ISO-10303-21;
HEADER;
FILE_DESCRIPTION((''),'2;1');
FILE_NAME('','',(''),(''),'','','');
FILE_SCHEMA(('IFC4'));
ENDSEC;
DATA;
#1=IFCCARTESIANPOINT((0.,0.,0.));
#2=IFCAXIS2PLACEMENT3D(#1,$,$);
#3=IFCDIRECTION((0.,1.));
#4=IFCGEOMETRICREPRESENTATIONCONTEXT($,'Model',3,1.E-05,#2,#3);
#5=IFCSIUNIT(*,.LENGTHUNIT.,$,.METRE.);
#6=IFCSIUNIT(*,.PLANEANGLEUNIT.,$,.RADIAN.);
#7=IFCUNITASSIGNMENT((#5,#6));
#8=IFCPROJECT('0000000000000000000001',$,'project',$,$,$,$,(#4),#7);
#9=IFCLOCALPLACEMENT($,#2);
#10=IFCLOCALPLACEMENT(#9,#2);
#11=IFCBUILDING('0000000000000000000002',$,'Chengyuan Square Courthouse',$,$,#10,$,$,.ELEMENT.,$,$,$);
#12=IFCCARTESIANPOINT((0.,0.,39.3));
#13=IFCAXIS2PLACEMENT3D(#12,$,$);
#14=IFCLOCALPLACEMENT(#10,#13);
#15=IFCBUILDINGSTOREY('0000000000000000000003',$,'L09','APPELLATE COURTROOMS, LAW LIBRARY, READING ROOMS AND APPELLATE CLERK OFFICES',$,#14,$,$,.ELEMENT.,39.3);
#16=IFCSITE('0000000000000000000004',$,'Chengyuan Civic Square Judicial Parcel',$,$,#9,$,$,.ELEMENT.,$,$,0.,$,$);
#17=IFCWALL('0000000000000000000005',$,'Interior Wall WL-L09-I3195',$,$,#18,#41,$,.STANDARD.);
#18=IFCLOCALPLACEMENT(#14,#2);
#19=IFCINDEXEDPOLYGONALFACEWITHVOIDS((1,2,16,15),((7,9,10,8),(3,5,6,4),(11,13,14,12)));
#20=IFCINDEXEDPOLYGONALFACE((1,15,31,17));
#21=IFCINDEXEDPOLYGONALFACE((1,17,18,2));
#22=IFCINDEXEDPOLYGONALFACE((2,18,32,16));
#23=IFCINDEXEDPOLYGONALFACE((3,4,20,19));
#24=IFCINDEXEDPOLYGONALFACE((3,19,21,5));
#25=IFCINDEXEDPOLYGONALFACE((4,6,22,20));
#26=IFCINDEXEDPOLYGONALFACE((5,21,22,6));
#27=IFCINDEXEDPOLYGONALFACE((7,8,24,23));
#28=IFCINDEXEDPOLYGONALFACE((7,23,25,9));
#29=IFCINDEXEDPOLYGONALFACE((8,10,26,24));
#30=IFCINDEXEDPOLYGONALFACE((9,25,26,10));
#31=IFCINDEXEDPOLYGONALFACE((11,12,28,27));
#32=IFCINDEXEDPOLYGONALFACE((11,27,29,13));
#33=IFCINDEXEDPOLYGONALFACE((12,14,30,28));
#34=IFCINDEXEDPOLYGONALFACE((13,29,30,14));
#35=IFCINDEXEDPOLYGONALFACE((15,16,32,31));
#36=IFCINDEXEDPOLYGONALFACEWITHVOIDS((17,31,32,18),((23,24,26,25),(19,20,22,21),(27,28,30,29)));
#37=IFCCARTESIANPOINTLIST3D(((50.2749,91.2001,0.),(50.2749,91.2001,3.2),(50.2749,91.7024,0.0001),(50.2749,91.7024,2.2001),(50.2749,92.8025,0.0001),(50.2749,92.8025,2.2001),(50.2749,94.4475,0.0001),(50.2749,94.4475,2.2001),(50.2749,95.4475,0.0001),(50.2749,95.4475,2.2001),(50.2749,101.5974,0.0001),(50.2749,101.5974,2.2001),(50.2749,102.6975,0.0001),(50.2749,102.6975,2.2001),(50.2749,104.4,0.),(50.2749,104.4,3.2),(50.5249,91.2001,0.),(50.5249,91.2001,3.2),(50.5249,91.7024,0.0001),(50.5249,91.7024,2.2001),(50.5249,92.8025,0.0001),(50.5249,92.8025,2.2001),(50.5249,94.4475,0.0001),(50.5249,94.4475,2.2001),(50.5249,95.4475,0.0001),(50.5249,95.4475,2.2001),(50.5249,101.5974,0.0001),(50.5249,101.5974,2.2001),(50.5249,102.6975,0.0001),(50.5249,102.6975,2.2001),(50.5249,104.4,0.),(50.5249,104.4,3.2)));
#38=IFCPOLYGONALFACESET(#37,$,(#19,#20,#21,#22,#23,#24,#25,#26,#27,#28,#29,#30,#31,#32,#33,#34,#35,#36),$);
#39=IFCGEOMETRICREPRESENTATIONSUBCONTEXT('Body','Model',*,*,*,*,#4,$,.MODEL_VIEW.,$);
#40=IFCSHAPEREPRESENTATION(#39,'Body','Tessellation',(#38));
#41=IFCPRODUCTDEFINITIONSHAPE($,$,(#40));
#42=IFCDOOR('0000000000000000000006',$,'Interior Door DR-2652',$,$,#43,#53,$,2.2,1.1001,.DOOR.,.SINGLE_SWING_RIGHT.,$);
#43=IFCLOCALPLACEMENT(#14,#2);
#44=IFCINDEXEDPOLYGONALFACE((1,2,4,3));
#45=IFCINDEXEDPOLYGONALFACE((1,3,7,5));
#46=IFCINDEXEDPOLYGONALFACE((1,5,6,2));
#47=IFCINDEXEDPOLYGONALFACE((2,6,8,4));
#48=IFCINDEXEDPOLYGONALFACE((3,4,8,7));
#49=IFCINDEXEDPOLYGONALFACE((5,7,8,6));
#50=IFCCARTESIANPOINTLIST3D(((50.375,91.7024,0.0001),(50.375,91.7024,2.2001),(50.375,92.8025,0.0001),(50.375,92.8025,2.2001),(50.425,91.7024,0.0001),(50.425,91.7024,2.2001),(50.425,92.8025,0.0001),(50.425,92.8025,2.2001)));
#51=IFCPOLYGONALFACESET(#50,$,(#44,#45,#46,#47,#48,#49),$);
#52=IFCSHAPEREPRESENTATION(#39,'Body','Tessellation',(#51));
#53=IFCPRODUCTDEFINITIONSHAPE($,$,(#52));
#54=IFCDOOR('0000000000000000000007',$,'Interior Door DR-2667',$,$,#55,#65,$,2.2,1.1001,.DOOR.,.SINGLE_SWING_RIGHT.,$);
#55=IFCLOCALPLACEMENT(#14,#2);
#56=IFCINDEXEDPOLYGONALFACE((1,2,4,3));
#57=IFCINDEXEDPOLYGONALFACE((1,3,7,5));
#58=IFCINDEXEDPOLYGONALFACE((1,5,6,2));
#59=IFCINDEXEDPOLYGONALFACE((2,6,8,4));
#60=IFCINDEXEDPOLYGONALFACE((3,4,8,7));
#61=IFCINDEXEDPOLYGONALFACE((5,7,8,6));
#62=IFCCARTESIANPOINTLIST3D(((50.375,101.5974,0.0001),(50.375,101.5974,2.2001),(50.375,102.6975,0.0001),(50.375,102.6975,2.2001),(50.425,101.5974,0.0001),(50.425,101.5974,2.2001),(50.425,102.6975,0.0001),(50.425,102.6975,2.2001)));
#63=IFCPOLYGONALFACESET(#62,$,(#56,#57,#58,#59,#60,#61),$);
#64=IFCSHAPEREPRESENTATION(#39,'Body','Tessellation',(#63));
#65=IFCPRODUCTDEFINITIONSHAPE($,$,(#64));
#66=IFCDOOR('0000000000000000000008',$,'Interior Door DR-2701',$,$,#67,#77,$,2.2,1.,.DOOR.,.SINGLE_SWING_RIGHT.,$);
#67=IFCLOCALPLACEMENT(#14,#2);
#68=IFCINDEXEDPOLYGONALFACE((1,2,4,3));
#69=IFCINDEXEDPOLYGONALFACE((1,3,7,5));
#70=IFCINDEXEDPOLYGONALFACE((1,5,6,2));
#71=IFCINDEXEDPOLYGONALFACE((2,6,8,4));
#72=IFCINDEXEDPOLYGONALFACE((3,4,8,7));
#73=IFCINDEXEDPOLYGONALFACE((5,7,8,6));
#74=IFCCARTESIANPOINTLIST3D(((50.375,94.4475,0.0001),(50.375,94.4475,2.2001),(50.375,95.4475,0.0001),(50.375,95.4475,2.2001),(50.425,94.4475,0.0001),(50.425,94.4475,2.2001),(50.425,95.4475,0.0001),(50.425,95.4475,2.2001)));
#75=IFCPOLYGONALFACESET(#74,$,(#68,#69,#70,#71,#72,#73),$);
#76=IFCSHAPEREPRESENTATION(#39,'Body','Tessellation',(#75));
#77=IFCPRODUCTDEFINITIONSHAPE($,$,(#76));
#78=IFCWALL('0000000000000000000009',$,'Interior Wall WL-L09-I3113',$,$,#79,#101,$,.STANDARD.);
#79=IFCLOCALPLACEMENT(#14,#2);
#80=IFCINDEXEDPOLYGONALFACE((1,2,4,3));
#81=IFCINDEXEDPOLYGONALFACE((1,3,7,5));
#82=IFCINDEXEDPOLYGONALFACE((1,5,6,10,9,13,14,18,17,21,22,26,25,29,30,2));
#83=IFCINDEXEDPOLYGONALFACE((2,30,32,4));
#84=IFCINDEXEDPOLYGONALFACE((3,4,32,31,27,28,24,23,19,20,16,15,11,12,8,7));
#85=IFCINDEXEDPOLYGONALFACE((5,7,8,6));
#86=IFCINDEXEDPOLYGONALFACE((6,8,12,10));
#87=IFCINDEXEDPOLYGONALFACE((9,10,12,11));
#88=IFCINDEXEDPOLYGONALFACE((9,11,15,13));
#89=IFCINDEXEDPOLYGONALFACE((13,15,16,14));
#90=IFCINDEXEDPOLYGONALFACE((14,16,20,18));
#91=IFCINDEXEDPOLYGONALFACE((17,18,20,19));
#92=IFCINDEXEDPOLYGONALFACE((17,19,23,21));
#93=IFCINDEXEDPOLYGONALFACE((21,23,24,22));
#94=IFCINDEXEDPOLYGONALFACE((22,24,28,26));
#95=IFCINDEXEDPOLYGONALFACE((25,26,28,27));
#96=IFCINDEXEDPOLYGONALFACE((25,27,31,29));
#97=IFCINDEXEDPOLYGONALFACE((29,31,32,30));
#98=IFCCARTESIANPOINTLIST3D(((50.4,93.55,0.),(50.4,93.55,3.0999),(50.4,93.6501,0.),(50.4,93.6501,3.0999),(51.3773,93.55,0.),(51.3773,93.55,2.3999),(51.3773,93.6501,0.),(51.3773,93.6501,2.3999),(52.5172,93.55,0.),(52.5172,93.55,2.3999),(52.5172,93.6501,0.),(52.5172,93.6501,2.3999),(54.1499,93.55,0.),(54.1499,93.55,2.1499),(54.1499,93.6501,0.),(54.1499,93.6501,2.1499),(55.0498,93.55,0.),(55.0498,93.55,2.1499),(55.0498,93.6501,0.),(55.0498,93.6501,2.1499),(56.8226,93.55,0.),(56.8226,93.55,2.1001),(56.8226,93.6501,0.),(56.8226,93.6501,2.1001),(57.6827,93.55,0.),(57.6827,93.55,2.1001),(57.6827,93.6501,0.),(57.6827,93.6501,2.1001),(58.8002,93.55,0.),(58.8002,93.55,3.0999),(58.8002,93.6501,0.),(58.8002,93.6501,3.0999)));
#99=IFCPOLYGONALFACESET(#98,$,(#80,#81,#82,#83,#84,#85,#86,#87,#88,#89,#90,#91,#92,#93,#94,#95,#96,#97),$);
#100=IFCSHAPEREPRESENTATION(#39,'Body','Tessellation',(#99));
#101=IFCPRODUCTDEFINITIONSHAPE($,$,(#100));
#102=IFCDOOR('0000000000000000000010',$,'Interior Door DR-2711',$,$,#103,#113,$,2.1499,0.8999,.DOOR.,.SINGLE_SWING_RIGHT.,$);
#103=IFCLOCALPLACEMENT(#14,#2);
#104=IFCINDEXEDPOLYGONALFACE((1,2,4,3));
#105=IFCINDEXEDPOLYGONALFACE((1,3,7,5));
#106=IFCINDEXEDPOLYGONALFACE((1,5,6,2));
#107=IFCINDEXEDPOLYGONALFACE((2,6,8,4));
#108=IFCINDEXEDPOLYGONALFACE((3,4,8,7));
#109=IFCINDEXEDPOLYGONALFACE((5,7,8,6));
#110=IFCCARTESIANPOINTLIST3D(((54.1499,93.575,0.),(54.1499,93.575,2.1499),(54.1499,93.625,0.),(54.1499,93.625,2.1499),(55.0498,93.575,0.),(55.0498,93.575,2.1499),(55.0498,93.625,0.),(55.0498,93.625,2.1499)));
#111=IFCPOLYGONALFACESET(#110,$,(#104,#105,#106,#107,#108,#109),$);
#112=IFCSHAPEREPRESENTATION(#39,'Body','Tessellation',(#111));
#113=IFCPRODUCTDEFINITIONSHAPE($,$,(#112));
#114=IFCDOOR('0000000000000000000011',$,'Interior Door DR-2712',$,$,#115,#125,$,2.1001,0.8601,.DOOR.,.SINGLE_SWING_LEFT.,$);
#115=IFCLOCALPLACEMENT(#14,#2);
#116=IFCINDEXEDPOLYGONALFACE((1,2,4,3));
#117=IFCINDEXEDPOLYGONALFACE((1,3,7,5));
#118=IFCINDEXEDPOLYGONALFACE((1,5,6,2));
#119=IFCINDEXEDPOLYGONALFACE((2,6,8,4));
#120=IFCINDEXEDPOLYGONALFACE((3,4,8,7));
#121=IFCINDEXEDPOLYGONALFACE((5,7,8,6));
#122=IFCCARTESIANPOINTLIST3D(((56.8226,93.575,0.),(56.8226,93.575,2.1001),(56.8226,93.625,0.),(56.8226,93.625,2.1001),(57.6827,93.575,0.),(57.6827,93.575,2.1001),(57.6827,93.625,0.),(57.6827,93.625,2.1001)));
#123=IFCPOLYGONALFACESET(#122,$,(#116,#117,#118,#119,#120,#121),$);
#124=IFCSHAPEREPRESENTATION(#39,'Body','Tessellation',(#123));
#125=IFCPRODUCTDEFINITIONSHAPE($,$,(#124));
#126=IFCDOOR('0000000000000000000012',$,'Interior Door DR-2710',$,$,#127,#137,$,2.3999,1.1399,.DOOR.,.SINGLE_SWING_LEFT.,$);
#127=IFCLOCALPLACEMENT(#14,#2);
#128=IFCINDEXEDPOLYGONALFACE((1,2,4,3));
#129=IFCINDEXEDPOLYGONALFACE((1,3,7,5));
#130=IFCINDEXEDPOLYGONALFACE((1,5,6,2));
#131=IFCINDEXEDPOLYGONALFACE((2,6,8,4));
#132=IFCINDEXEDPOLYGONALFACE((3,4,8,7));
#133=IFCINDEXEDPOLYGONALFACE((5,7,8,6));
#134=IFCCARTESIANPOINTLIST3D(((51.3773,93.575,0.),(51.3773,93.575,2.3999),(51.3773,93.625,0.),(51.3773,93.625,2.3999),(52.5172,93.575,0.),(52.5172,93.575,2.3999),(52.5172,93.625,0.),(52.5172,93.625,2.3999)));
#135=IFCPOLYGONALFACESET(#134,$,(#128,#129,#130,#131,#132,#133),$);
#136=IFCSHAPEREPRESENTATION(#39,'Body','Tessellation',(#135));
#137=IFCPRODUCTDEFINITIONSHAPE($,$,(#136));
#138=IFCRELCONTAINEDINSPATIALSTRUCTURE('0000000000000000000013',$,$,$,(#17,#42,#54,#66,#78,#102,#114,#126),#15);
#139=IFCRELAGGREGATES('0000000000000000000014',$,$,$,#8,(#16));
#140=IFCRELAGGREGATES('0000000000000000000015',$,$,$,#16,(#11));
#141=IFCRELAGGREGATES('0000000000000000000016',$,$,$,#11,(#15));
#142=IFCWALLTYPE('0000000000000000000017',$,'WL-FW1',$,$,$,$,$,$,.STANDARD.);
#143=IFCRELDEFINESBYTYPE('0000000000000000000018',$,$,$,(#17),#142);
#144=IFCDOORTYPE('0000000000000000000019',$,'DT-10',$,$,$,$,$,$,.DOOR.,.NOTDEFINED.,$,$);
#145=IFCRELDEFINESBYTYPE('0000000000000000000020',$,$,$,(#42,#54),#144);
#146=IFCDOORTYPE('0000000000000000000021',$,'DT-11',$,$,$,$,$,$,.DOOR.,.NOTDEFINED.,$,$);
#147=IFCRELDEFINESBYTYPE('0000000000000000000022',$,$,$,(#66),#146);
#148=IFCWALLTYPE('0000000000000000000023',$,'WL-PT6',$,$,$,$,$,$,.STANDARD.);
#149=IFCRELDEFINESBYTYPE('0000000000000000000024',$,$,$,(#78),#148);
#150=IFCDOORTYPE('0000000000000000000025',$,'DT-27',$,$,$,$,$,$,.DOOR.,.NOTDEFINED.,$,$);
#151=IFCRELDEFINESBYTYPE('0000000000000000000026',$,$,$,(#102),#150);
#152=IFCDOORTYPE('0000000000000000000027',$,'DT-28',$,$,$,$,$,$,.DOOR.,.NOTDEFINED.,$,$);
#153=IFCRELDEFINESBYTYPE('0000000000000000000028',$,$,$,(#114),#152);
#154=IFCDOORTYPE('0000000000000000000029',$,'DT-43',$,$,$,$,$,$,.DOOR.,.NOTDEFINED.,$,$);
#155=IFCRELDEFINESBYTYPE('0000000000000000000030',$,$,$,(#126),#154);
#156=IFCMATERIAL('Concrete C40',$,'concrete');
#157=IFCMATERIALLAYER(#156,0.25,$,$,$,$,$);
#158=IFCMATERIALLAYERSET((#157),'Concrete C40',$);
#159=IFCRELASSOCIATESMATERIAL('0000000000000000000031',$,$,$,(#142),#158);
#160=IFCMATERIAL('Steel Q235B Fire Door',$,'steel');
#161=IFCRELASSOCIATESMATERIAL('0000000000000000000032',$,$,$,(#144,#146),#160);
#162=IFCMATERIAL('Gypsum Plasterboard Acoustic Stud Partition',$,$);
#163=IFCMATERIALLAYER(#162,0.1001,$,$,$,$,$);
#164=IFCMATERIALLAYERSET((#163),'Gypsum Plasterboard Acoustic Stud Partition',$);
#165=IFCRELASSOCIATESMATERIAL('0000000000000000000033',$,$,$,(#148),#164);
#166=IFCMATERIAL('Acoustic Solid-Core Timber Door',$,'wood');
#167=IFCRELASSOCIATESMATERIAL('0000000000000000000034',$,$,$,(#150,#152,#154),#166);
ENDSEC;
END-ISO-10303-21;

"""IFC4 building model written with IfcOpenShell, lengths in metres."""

from ifc_helpers import new_model, si_unit, direction, frame, frame_2d, origin, place, context, subcontext, project, spatial, rectangle, extrude, material, layer, layer_set, type_object, element, fill, save


model = new_model("IFC4")

# Units and contexts
model_context = context("Model", 3, precision=1e-05, world=origin(), true_north=direction((0.0, 1.0)))
body_context = subcontext(model_context, "Body", "Model", "MODEL_VIEW")
ifc_project = project(units=[si_unit("LENGTHUNIT", "METRE"), si_unit("PLANEANGLEUNIT", "RADIAN")], contexts=[model_context])

# Site, building, storey
site_placement = place(None, origin())
site = spatial("IfcSite", under=ifc_project, at=site_placement, Name="Chengyuan Civic Square Judicial Parcel", CompositionType="ELEMENT", RefElevation=0.0)
building_placement = place(site_placement, origin())
building = spatial("IfcBuilding", under=site, at=building_placement, Name="Chengyuan Square Courthouse", CompositionType="ELEMENT")
storey_placement = place(building_placement, frame((0.0, 0.0, 39.3)))
storey = spatial("IfcBuildingStorey", under=building, at=storey_placement, Name="L09", Description="APPELLATE COURTROOMS, LAW LIBRARY, READING ROOMS AND APPELLATE CLERK OFFICES", CompositionType="ELEMENT", Elevation=39.3)

# Shared definitions
ifc_material_1 = material(Name="Concrete C40", Category="concrete")

# Shared definitions
ifc_layer_1 = layer(ifc_material_1, 0.25)
ifc_layer_set_1 = layer_set([ifc_layer_1], Name="Concrete C40")
wall_type_1 = type_object("IfcWallType", Name="WL-FW1", PredefinedType="STANDARD", material=ifc_layer_set_1)

# Walls, openings, doors
wall_1_placement = place(storey_placement, frame((50.3999, 91.2, 0.0), z_axis=(0.0, 0.0, 1.0), x_axis=(0.0, 1.0, 0.0)))
wall_1 = element("IfcWall", 1, at=wall_1_placement, inside=storey, type_object=wall_type_1, Name="Interior Wall WL-L09-I3195", PredefinedType="STANDARD", context=body_context, shape_type="SweptSolid", body=[
    extrude(rectangle(XDim=13.2, YDim=0.25, at=frame_2d((6.6001, 0.0))), origin(), (0.0, 0.0, 1.0), 3.2),
])
opening_1_placement = place(wall_1_placement, frame((0.5024, 0.0, 0.0)))
opening_1 = element("IfcOpeningElement", 2, at=opening_1_placement, cuts=wall_1, PredefinedType="OPENING", context=body_context, shape_type="SweptSolid", body=[
    extrude(rectangle(XDim=1.1001, YDim=2.2, at=frame_2d((0.55, 1.1001))), frame((0.0, 0.137, 0.0), z_axis=(0.0, -1.0, 0.0), x_axis=(1.0, 0.0, 0.0)), (0.0, 0.0, 1.0), 0.2739),
])
opening_2_placement = place(wall_1_placement, frame((10.3975, 0.0, 0.0)))
opening_2 = element("IfcOpeningElement", 3, at=opening_2_placement, cuts=wall_1, PredefinedType="OPENING", context=body_context, shape_type="SweptSolid", body=[
    extrude(rectangle(XDim=1.1001, YDim=2.2, at=frame_2d((0.55, 1.1001))), frame((0.0, 0.137, 0.0), z_axis=(0.0, -1.0, 0.0), x_axis=(1.0, 0.0, 0.0)), (0.0, 0.0, 1.0), 0.2739),
])
opening_3_placement = place(wall_1_placement, frame((3.2476, 0.0, 0.0)))
opening_3 = element("IfcOpeningElement", 4, at=opening_3_placement, cuts=wall_1, PredefinedType="OPENING", context=body_context, shape_type="SweptSolid", body=[
    extrude(rectangle(XDim=1.0, YDim=2.2, at=frame_2d((0.5, 1.1001))), frame((0.0, 0.137, 0.0), z_axis=(0.0, -1.0, 0.0), x_axis=(1.0, 0.0, 0.0)), (0.0, 0.0, 1.0), 0.2739),
])
ifc_material_2 = material(Name="Steel Q235B Fire Door", Category="steel")
door_type_1 = type_object("IfcDoorType", Name="DT-10", OperationType="NOTDEFINED", PredefinedType="DOOR", material=ifc_material_2)
door_1_placement = place(opening_1_placement, origin())
door_1 = element("IfcDoor", 5, at=door_1_placement, inside=storey, type_object=door_type_1, Name="Interior Door DR-2652", OperationType="SINGLE_SWING_RIGHT", OverallHeight=2.2, OverallWidth=1.1001, PredefinedType="DOOR", context=body_context, shape_type="SweptSolid", body=[
    extrude(rectangle(XDim=1.1001, YDim=2.2, at=frame_2d((0.55, 1.1001))), frame((0.0, 0.0249, 0.0), z_axis=(0.0, -1.0, 0.0), x_axis=(1.0, 0.0, 0.0)), (0.0, 0.0, 1.0), 0.05),
])
fill(opening_1, door_1)
door_2_placement = place(opening_2_placement, origin())
door_2 = element("IfcDoor", 6, at=door_2_placement, inside=storey, type_object=door_type_1, Name="Interior Door DR-2667", OperationType="SINGLE_SWING_RIGHT", OverallHeight=2.2, OverallWidth=1.1001, PredefinedType="DOOR", context=body_context, shape_type="SweptSolid", body=[
    extrude(rectangle(XDim=1.1001, YDim=2.2, at=frame_2d((0.55, 1.1001))), frame((0.0, 0.0249, 0.0), z_axis=(0.0, -1.0, 0.0), x_axis=(1.0, 0.0, 0.0)), (0.0, 0.0, 1.0), 0.05),
])
fill(opening_2, door_2)
door_type_2 = type_object("IfcDoorType", Name="DT-11", OperationType="NOTDEFINED", PredefinedType="DOOR", material=ifc_material_2)
door_3_placement = place(opening_3_placement, origin())
door_3 = element("IfcDoor", 7, at=door_3_placement, inside=storey, type_object=door_type_2, Name="Interior Door DR-2701", OperationType="SINGLE_SWING_RIGHT", OverallHeight=2.2, OverallWidth=1.0, PredefinedType="DOOR", context=body_context, shape_type="SweptSolid", body=[
    extrude(rectangle(XDim=1.0, YDim=2.2, at=frame_2d((0.5, 1.1001))), frame((0.0, 0.0249, 0.0), z_axis=(0.0, -1.0, 0.0), x_axis=(1.0, 0.0, 0.0)), (0.0, 0.0, 1.0), 0.05),
])
fill(opening_3, door_3)
ifc_material_3 = material(Name="Gypsum Plasterboard Acoustic Stud Partition")
ifc_layer_2 = layer(ifc_material_3, 0.1001)
ifc_layer_set_2 = layer_set([ifc_layer_2], Name="Gypsum Plasterboard Acoustic Stud Partition")
wall_type_2 = type_object("IfcWallType", Name="WL-PT6", PredefinedType="STANDARD", material=ifc_layer_set_2)
wall_2_placement = place(storey_placement, frame((50.3999, 93.6001, 0.0), z_axis=(0.0, 0.0, 1.0), x_axis=(1.0, 0.0, 0.0)))
wall_2 = element("IfcWall", 8, at=wall_2_placement, inside=storey, type_object=wall_type_2, Name="Interior Wall WL-L09-I3113", PredefinedType="STANDARD", context=body_context, shape_type="SweptSolid", body=[
    extrude(rectangle(XDim=8.4001, YDim=0.1001, at=frame_2d((4.2002, 0.0))), origin(), (0.0, 0.0, 1.0), 3.0999),
])
opening_4_placement = place(wall_2_placement, frame((0.9775, 0.0, 0.0)))
opening_4 = element("IfcOpeningElement", 9, at=opening_4_placement, cuts=wall_2, PredefinedType="OPENING", context=body_context, shape_type="SweptSolid", body=[
    extrude(rectangle(XDim=1.1399, YDim=2.3999, at=frame_2d((0.5698, 1.2))), frame((0.0, 0.062, 0.0), z_axis=(0.0, -1.0, 0.0), x_axis=(1.0, 0.0, 0.0)), (0.0, 0.0, 1.0), 0.124),
])
opening_5_placement = place(wall_2_placement, frame((3.75, 0.0, 0.0)))
opening_5 = element("IfcOpeningElement", 10, at=opening_5_placement, cuts=wall_2, PredefinedType="OPENING", context=body_context, shape_type="SweptSolid", body=[
    extrude(rectangle(XDim=0.8999, YDim=2.1499, at=frame_2d((0.45, 1.075))), frame((0.0, 0.062, 0.0), z_axis=(0.0, -1.0, 0.0), x_axis=(1.0, 0.0, 0.0)), (0.0, 0.0, 1.0), 0.124),
])
opening_6_placement = place(wall_2_placement, frame((6.4226, 0.0, 0.0)))
opening_6 = element("IfcOpeningElement", 11, at=opening_6_placement, cuts=wall_2, PredefinedType="OPENING", context=body_context, shape_type="SweptSolid", body=[
    extrude(rectangle(XDim=0.8601, YDim=2.1001, at=frame_2d((0.4302, 1.05))), frame((0.0, 0.062, 0.0), z_axis=(0.0, -1.0, 0.0), x_axis=(1.0, 0.0, 0.0)), (0.0, 0.0, 1.0), 0.124),
])
ifc_material_4 = material(Name="Acoustic Solid-Core Timber Door", Category="wood")
door_type_3 = type_object("IfcDoorType", Name="DT-27", OperationType="NOTDEFINED", PredefinedType="DOOR", material=ifc_material_4)
door_4_placement = place(opening_5_placement, origin())
door_4 = element("IfcDoor", 12, at=door_4_placement, inside=storey, type_object=door_type_3, Name="Interior Door DR-2711", OperationType="SINGLE_SWING_RIGHT", OverallHeight=2.1499, OverallWidth=0.8999, PredefinedType="DOOR", context=body_context, shape_type="SweptSolid", body=[
    extrude(rectangle(XDim=0.8999, YDim=2.1499, at=frame_2d((0.45, 1.075))), frame((0.0, 0.0249, 0.0), z_axis=(0.0, -1.0, 0.0), x_axis=(1.0, 0.0, 0.0)), (0.0, 0.0, 1.0), 0.05),
])
fill(opening_5, door_4)
door_type_4 = type_object("IfcDoorType", Name="DT-28", OperationType="NOTDEFINED", PredefinedType="DOOR", material=ifc_material_4)
door_5_placement = place(opening_6_placement, origin())
door_5 = element("IfcDoor", 13, at=door_5_placement, inside=storey, type_object=door_type_4, Name="Interior Door DR-2712", OperationType="SINGLE_SWING_LEFT", OverallHeight=2.1001, OverallWidth=0.8601, PredefinedType="DOOR", context=body_context, shape_type="SweptSolid", body=[
    extrude(rectangle(XDim=0.8601, YDim=2.1001, at=frame_2d((0.4302, 1.05))), frame((0.0, 0.0249, 0.0), z_axis=(0.0, -1.0, 0.0), x_axis=(1.0, 0.0, 0.0)), (0.0, 0.0, 1.0), 0.05),
])
fill(opening_6, door_5)
door_type_5 = type_object("IfcDoorType", Name="DT-43", OperationType="NOTDEFINED", PredefinedType="DOOR", material=ifc_material_4)
door_6_placement = place(opening_4_placement, origin())
door_6 = element("IfcDoor", 14, at=door_6_placement, inside=storey, type_object=door_type_5, Name="Interior Door DR-2710", OperationType="SINGLE_SWING_LEFT", OverallHeight=2.3999, OverallWidth=1.1399, PredefinedType="DOOR", context=body_context, shape_type="SweptSolid", body=[
    extrude(rectangle(XDim=1.1399, YDim=2.3999, at=frame_2d((0.5698, 1.2))), frame((0.0, 0.0249, 0.0), z_axis=(0.0, -1.0, 0.0), x_axis=(1.0, 0.0, 0.0)), (0.0, 0.0, 1.0), 0.05),
])
fill(opening_4, door_6)

save(model, "model.ifc")
